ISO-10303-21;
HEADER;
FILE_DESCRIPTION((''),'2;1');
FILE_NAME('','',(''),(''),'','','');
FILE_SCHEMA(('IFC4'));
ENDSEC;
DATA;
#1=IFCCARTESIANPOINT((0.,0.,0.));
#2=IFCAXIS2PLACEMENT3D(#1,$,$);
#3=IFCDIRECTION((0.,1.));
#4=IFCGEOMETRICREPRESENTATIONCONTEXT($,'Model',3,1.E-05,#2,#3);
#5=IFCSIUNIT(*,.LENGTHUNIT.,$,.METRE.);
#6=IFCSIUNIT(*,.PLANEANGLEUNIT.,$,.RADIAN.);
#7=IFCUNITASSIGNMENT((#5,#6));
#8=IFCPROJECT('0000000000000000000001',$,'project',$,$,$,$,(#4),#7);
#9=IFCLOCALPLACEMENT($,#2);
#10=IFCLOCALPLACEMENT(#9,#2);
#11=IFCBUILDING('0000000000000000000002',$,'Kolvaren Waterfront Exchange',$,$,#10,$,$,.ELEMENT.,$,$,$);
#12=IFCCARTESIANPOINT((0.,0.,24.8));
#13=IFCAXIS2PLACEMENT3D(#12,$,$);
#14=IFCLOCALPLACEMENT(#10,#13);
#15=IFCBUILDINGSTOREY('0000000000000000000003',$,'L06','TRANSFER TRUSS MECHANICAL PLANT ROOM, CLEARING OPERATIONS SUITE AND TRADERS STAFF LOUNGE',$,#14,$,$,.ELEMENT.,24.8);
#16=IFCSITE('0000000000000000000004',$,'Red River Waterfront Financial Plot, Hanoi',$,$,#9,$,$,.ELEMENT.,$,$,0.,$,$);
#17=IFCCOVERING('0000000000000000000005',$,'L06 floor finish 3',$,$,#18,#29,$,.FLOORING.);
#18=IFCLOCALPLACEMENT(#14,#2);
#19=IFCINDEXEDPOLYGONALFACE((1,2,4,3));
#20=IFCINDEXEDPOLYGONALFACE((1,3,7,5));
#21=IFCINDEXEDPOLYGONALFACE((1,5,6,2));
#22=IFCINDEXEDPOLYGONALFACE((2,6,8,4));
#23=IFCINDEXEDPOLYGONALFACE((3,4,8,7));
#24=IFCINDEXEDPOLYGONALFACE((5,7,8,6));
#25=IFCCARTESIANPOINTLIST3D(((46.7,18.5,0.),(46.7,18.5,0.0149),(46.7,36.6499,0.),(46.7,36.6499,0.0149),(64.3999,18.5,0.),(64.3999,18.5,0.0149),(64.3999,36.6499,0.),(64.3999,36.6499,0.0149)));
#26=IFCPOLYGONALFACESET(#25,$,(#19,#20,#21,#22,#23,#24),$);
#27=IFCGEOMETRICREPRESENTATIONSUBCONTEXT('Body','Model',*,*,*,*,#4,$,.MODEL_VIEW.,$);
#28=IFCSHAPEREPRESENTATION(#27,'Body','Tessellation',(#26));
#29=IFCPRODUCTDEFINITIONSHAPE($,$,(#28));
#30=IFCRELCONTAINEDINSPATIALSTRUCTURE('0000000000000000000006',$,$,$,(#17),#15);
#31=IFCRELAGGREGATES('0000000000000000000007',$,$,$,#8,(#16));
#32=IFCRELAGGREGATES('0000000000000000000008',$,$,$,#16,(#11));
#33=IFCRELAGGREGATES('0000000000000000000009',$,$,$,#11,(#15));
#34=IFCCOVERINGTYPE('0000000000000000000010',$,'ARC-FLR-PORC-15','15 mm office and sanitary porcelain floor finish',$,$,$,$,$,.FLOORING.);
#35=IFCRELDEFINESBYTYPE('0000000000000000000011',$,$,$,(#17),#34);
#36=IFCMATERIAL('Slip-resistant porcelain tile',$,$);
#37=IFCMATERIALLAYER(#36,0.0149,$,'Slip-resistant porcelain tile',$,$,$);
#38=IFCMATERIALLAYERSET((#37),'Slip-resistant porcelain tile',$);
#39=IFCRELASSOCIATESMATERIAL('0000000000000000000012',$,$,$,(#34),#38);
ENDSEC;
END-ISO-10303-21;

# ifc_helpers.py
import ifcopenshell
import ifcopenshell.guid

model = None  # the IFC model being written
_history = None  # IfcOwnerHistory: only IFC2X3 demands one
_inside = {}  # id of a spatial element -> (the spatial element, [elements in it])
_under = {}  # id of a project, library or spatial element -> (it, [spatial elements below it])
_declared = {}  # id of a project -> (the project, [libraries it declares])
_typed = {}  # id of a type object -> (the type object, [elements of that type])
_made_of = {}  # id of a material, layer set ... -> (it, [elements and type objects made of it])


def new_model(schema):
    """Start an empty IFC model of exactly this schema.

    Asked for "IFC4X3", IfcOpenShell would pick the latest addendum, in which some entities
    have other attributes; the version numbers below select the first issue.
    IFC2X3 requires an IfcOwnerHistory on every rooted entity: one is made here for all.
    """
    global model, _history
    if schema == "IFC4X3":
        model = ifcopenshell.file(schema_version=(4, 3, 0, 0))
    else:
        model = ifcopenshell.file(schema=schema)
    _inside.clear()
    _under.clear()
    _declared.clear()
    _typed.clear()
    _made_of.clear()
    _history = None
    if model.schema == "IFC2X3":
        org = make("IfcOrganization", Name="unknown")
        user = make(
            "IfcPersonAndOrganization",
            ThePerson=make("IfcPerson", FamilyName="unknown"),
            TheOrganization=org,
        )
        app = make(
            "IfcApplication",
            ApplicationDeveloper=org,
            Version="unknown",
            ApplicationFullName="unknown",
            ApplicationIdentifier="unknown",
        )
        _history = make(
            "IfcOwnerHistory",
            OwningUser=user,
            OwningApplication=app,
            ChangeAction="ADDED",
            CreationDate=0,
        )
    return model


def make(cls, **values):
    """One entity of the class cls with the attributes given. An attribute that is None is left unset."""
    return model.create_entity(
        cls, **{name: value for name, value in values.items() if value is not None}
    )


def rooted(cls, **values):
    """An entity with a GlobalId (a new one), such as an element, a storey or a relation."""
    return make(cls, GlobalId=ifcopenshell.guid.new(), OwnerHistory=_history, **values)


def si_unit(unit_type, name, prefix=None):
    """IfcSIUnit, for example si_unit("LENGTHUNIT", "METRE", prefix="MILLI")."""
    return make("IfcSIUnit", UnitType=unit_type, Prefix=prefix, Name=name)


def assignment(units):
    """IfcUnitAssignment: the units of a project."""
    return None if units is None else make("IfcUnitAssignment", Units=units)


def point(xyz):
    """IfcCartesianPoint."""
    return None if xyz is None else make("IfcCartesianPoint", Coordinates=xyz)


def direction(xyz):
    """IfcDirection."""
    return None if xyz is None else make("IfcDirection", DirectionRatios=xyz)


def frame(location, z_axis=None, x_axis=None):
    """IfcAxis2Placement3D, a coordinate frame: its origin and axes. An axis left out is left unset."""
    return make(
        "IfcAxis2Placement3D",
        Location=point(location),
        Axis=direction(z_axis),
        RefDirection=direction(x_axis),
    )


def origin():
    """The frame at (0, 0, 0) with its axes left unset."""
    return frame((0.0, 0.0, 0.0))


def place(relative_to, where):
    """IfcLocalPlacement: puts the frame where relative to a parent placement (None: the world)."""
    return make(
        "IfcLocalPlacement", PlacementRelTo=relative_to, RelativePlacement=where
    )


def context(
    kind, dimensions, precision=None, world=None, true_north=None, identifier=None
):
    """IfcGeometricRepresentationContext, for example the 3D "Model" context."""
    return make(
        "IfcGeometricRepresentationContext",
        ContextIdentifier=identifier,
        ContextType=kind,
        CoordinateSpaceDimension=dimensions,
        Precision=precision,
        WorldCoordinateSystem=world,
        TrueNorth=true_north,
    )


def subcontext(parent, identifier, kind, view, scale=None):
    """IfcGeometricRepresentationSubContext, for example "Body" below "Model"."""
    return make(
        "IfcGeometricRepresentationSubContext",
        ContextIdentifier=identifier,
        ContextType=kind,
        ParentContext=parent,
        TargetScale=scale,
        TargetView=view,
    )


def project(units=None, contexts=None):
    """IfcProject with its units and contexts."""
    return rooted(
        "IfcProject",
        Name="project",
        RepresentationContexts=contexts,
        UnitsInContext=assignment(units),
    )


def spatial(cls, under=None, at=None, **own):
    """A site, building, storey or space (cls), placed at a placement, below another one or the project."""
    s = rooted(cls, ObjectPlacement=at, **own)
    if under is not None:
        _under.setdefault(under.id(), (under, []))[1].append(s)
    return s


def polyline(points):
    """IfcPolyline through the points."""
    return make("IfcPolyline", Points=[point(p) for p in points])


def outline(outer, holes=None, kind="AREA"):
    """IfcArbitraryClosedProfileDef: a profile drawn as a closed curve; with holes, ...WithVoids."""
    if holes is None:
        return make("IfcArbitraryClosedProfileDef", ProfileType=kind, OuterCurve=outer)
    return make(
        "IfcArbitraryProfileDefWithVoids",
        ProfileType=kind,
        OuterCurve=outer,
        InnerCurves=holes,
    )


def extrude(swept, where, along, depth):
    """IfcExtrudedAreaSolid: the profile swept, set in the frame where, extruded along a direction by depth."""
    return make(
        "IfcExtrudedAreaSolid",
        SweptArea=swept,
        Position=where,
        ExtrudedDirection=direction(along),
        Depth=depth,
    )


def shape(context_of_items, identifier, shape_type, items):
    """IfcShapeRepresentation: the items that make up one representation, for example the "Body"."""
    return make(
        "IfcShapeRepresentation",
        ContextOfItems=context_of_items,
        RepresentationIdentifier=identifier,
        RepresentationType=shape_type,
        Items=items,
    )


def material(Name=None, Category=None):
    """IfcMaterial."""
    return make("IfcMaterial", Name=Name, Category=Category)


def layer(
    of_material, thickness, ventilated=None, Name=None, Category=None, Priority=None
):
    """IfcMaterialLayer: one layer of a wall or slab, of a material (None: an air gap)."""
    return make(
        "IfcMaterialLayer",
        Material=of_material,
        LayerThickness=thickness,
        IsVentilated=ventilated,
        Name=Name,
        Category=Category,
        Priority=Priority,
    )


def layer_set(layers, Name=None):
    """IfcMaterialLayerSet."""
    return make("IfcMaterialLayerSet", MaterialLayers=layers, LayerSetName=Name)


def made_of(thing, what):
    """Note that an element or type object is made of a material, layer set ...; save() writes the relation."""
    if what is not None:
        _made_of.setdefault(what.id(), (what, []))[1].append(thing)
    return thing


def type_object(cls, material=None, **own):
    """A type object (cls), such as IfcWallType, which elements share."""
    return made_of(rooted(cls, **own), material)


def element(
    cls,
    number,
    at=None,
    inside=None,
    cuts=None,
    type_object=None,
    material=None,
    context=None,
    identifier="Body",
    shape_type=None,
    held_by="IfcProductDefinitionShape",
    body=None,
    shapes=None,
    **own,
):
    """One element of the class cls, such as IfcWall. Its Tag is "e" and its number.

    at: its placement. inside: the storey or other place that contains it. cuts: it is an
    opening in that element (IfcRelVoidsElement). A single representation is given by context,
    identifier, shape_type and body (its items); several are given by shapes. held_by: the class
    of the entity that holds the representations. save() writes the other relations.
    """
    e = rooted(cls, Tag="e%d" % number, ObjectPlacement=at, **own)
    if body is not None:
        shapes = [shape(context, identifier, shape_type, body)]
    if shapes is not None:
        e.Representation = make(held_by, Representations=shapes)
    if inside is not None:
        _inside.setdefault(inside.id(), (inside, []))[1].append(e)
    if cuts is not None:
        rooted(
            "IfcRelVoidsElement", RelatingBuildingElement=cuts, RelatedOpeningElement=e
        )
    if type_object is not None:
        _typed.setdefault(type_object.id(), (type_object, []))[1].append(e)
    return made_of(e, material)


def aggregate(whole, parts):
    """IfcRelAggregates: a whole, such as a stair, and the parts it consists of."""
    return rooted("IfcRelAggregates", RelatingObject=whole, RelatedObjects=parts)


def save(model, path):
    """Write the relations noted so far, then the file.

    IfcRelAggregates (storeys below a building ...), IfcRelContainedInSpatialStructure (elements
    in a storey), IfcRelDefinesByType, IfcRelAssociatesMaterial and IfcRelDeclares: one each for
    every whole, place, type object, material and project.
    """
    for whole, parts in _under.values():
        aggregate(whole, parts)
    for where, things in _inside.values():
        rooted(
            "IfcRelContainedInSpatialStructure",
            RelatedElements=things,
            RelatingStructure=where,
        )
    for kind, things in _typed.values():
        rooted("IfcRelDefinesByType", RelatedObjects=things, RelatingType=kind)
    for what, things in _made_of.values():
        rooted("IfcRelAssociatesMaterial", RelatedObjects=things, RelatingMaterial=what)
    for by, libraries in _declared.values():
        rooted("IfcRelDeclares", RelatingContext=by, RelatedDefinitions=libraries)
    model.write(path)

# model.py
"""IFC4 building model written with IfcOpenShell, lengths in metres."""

from ifc_helpers import new_model, si_unit, direction, frame, origin, place, context, subcontext, project, spatial, polyline, outline, extrude, material, layer, layer_set, type_object, element, save


model = new_model("IFC4")

# Units and contexts
model_context = context("Model", 3, precision=1e-05, world=origin(), true_north=direction((0.0, 1.0)))
body_context = subcontext(model_context, "Body", "Model", "MODEL_VIEW")
ifc_project = project(units=[si_unit("LENGTHUNIT", "METRE"), si_unit("PLANEANGLEUNIT", "RADIAN")], contexts=[model_context])

# Site, building, storey
site_placement = place(None, origin())
site = spatial("IfcSite", under=ifc_project, at=site_placement, Name="Red River Waterfront Financial Plot, Hanoi", CompositionType="ELEMENT", RefElevation=0.0)
building_placement = place(site_placement, origin())
building = spatial("IfcBuilding", under=site, at=building_placement, Name="Kolvaren Waterfront Exchange", CompositionType="ELEMENT")
storey_placement = place(building_placement, frame((0.0, 0.0, 24.8)))
storey = spatial("IfcBuildingStorey", under=building, at=storey_placement, Name="L06", Description="TRANSFER TRUSS MECHANICAL PLANT ROOM, CLEARING OPERATIONS SUITE AND TRADERS STAFF LOUNGE", CompositionType="ELEMENT", Elevation=24.8)

# Covering
ifc_material_1 = material(Name="Slip-resistant porcelain tile")
ifc_layer_1 = layer(ifc_material_1, 0.0149, Name="Slip-resistant porcelain tile")
ifc_layer_set_1 = layer_set([ifc_layer_1], Name="Slip-resistant porcelain tile")
covering_type_1 = type_object("IfcCoveringType", Name="ARC-FLR-PORC-15", Description="15 mm office and sanitary porcelain floor finish", PredefinedType="FLOORING", material=ifc_layer_set_1)
covering_1_placement = place(storey_placement, origin())
element("IfcCovering", 1, at=covering_1_placement, inside=storey, type_object=covering_type_1, Name="L06 floor finish 3", PredefinedType="FLOORING", context=body_context, shape_type="SweptSolid", body=[
    extrude(outline(polyline([(46.7, 36.6499), (46.7, 18.5), (64.3999, 18.5), (64.3999, 36.6499), (46.7, 36.6499)])), origin(), (0.0, 0.0, 1.0), 0.0149),
])

save(model, "model.ifc")
